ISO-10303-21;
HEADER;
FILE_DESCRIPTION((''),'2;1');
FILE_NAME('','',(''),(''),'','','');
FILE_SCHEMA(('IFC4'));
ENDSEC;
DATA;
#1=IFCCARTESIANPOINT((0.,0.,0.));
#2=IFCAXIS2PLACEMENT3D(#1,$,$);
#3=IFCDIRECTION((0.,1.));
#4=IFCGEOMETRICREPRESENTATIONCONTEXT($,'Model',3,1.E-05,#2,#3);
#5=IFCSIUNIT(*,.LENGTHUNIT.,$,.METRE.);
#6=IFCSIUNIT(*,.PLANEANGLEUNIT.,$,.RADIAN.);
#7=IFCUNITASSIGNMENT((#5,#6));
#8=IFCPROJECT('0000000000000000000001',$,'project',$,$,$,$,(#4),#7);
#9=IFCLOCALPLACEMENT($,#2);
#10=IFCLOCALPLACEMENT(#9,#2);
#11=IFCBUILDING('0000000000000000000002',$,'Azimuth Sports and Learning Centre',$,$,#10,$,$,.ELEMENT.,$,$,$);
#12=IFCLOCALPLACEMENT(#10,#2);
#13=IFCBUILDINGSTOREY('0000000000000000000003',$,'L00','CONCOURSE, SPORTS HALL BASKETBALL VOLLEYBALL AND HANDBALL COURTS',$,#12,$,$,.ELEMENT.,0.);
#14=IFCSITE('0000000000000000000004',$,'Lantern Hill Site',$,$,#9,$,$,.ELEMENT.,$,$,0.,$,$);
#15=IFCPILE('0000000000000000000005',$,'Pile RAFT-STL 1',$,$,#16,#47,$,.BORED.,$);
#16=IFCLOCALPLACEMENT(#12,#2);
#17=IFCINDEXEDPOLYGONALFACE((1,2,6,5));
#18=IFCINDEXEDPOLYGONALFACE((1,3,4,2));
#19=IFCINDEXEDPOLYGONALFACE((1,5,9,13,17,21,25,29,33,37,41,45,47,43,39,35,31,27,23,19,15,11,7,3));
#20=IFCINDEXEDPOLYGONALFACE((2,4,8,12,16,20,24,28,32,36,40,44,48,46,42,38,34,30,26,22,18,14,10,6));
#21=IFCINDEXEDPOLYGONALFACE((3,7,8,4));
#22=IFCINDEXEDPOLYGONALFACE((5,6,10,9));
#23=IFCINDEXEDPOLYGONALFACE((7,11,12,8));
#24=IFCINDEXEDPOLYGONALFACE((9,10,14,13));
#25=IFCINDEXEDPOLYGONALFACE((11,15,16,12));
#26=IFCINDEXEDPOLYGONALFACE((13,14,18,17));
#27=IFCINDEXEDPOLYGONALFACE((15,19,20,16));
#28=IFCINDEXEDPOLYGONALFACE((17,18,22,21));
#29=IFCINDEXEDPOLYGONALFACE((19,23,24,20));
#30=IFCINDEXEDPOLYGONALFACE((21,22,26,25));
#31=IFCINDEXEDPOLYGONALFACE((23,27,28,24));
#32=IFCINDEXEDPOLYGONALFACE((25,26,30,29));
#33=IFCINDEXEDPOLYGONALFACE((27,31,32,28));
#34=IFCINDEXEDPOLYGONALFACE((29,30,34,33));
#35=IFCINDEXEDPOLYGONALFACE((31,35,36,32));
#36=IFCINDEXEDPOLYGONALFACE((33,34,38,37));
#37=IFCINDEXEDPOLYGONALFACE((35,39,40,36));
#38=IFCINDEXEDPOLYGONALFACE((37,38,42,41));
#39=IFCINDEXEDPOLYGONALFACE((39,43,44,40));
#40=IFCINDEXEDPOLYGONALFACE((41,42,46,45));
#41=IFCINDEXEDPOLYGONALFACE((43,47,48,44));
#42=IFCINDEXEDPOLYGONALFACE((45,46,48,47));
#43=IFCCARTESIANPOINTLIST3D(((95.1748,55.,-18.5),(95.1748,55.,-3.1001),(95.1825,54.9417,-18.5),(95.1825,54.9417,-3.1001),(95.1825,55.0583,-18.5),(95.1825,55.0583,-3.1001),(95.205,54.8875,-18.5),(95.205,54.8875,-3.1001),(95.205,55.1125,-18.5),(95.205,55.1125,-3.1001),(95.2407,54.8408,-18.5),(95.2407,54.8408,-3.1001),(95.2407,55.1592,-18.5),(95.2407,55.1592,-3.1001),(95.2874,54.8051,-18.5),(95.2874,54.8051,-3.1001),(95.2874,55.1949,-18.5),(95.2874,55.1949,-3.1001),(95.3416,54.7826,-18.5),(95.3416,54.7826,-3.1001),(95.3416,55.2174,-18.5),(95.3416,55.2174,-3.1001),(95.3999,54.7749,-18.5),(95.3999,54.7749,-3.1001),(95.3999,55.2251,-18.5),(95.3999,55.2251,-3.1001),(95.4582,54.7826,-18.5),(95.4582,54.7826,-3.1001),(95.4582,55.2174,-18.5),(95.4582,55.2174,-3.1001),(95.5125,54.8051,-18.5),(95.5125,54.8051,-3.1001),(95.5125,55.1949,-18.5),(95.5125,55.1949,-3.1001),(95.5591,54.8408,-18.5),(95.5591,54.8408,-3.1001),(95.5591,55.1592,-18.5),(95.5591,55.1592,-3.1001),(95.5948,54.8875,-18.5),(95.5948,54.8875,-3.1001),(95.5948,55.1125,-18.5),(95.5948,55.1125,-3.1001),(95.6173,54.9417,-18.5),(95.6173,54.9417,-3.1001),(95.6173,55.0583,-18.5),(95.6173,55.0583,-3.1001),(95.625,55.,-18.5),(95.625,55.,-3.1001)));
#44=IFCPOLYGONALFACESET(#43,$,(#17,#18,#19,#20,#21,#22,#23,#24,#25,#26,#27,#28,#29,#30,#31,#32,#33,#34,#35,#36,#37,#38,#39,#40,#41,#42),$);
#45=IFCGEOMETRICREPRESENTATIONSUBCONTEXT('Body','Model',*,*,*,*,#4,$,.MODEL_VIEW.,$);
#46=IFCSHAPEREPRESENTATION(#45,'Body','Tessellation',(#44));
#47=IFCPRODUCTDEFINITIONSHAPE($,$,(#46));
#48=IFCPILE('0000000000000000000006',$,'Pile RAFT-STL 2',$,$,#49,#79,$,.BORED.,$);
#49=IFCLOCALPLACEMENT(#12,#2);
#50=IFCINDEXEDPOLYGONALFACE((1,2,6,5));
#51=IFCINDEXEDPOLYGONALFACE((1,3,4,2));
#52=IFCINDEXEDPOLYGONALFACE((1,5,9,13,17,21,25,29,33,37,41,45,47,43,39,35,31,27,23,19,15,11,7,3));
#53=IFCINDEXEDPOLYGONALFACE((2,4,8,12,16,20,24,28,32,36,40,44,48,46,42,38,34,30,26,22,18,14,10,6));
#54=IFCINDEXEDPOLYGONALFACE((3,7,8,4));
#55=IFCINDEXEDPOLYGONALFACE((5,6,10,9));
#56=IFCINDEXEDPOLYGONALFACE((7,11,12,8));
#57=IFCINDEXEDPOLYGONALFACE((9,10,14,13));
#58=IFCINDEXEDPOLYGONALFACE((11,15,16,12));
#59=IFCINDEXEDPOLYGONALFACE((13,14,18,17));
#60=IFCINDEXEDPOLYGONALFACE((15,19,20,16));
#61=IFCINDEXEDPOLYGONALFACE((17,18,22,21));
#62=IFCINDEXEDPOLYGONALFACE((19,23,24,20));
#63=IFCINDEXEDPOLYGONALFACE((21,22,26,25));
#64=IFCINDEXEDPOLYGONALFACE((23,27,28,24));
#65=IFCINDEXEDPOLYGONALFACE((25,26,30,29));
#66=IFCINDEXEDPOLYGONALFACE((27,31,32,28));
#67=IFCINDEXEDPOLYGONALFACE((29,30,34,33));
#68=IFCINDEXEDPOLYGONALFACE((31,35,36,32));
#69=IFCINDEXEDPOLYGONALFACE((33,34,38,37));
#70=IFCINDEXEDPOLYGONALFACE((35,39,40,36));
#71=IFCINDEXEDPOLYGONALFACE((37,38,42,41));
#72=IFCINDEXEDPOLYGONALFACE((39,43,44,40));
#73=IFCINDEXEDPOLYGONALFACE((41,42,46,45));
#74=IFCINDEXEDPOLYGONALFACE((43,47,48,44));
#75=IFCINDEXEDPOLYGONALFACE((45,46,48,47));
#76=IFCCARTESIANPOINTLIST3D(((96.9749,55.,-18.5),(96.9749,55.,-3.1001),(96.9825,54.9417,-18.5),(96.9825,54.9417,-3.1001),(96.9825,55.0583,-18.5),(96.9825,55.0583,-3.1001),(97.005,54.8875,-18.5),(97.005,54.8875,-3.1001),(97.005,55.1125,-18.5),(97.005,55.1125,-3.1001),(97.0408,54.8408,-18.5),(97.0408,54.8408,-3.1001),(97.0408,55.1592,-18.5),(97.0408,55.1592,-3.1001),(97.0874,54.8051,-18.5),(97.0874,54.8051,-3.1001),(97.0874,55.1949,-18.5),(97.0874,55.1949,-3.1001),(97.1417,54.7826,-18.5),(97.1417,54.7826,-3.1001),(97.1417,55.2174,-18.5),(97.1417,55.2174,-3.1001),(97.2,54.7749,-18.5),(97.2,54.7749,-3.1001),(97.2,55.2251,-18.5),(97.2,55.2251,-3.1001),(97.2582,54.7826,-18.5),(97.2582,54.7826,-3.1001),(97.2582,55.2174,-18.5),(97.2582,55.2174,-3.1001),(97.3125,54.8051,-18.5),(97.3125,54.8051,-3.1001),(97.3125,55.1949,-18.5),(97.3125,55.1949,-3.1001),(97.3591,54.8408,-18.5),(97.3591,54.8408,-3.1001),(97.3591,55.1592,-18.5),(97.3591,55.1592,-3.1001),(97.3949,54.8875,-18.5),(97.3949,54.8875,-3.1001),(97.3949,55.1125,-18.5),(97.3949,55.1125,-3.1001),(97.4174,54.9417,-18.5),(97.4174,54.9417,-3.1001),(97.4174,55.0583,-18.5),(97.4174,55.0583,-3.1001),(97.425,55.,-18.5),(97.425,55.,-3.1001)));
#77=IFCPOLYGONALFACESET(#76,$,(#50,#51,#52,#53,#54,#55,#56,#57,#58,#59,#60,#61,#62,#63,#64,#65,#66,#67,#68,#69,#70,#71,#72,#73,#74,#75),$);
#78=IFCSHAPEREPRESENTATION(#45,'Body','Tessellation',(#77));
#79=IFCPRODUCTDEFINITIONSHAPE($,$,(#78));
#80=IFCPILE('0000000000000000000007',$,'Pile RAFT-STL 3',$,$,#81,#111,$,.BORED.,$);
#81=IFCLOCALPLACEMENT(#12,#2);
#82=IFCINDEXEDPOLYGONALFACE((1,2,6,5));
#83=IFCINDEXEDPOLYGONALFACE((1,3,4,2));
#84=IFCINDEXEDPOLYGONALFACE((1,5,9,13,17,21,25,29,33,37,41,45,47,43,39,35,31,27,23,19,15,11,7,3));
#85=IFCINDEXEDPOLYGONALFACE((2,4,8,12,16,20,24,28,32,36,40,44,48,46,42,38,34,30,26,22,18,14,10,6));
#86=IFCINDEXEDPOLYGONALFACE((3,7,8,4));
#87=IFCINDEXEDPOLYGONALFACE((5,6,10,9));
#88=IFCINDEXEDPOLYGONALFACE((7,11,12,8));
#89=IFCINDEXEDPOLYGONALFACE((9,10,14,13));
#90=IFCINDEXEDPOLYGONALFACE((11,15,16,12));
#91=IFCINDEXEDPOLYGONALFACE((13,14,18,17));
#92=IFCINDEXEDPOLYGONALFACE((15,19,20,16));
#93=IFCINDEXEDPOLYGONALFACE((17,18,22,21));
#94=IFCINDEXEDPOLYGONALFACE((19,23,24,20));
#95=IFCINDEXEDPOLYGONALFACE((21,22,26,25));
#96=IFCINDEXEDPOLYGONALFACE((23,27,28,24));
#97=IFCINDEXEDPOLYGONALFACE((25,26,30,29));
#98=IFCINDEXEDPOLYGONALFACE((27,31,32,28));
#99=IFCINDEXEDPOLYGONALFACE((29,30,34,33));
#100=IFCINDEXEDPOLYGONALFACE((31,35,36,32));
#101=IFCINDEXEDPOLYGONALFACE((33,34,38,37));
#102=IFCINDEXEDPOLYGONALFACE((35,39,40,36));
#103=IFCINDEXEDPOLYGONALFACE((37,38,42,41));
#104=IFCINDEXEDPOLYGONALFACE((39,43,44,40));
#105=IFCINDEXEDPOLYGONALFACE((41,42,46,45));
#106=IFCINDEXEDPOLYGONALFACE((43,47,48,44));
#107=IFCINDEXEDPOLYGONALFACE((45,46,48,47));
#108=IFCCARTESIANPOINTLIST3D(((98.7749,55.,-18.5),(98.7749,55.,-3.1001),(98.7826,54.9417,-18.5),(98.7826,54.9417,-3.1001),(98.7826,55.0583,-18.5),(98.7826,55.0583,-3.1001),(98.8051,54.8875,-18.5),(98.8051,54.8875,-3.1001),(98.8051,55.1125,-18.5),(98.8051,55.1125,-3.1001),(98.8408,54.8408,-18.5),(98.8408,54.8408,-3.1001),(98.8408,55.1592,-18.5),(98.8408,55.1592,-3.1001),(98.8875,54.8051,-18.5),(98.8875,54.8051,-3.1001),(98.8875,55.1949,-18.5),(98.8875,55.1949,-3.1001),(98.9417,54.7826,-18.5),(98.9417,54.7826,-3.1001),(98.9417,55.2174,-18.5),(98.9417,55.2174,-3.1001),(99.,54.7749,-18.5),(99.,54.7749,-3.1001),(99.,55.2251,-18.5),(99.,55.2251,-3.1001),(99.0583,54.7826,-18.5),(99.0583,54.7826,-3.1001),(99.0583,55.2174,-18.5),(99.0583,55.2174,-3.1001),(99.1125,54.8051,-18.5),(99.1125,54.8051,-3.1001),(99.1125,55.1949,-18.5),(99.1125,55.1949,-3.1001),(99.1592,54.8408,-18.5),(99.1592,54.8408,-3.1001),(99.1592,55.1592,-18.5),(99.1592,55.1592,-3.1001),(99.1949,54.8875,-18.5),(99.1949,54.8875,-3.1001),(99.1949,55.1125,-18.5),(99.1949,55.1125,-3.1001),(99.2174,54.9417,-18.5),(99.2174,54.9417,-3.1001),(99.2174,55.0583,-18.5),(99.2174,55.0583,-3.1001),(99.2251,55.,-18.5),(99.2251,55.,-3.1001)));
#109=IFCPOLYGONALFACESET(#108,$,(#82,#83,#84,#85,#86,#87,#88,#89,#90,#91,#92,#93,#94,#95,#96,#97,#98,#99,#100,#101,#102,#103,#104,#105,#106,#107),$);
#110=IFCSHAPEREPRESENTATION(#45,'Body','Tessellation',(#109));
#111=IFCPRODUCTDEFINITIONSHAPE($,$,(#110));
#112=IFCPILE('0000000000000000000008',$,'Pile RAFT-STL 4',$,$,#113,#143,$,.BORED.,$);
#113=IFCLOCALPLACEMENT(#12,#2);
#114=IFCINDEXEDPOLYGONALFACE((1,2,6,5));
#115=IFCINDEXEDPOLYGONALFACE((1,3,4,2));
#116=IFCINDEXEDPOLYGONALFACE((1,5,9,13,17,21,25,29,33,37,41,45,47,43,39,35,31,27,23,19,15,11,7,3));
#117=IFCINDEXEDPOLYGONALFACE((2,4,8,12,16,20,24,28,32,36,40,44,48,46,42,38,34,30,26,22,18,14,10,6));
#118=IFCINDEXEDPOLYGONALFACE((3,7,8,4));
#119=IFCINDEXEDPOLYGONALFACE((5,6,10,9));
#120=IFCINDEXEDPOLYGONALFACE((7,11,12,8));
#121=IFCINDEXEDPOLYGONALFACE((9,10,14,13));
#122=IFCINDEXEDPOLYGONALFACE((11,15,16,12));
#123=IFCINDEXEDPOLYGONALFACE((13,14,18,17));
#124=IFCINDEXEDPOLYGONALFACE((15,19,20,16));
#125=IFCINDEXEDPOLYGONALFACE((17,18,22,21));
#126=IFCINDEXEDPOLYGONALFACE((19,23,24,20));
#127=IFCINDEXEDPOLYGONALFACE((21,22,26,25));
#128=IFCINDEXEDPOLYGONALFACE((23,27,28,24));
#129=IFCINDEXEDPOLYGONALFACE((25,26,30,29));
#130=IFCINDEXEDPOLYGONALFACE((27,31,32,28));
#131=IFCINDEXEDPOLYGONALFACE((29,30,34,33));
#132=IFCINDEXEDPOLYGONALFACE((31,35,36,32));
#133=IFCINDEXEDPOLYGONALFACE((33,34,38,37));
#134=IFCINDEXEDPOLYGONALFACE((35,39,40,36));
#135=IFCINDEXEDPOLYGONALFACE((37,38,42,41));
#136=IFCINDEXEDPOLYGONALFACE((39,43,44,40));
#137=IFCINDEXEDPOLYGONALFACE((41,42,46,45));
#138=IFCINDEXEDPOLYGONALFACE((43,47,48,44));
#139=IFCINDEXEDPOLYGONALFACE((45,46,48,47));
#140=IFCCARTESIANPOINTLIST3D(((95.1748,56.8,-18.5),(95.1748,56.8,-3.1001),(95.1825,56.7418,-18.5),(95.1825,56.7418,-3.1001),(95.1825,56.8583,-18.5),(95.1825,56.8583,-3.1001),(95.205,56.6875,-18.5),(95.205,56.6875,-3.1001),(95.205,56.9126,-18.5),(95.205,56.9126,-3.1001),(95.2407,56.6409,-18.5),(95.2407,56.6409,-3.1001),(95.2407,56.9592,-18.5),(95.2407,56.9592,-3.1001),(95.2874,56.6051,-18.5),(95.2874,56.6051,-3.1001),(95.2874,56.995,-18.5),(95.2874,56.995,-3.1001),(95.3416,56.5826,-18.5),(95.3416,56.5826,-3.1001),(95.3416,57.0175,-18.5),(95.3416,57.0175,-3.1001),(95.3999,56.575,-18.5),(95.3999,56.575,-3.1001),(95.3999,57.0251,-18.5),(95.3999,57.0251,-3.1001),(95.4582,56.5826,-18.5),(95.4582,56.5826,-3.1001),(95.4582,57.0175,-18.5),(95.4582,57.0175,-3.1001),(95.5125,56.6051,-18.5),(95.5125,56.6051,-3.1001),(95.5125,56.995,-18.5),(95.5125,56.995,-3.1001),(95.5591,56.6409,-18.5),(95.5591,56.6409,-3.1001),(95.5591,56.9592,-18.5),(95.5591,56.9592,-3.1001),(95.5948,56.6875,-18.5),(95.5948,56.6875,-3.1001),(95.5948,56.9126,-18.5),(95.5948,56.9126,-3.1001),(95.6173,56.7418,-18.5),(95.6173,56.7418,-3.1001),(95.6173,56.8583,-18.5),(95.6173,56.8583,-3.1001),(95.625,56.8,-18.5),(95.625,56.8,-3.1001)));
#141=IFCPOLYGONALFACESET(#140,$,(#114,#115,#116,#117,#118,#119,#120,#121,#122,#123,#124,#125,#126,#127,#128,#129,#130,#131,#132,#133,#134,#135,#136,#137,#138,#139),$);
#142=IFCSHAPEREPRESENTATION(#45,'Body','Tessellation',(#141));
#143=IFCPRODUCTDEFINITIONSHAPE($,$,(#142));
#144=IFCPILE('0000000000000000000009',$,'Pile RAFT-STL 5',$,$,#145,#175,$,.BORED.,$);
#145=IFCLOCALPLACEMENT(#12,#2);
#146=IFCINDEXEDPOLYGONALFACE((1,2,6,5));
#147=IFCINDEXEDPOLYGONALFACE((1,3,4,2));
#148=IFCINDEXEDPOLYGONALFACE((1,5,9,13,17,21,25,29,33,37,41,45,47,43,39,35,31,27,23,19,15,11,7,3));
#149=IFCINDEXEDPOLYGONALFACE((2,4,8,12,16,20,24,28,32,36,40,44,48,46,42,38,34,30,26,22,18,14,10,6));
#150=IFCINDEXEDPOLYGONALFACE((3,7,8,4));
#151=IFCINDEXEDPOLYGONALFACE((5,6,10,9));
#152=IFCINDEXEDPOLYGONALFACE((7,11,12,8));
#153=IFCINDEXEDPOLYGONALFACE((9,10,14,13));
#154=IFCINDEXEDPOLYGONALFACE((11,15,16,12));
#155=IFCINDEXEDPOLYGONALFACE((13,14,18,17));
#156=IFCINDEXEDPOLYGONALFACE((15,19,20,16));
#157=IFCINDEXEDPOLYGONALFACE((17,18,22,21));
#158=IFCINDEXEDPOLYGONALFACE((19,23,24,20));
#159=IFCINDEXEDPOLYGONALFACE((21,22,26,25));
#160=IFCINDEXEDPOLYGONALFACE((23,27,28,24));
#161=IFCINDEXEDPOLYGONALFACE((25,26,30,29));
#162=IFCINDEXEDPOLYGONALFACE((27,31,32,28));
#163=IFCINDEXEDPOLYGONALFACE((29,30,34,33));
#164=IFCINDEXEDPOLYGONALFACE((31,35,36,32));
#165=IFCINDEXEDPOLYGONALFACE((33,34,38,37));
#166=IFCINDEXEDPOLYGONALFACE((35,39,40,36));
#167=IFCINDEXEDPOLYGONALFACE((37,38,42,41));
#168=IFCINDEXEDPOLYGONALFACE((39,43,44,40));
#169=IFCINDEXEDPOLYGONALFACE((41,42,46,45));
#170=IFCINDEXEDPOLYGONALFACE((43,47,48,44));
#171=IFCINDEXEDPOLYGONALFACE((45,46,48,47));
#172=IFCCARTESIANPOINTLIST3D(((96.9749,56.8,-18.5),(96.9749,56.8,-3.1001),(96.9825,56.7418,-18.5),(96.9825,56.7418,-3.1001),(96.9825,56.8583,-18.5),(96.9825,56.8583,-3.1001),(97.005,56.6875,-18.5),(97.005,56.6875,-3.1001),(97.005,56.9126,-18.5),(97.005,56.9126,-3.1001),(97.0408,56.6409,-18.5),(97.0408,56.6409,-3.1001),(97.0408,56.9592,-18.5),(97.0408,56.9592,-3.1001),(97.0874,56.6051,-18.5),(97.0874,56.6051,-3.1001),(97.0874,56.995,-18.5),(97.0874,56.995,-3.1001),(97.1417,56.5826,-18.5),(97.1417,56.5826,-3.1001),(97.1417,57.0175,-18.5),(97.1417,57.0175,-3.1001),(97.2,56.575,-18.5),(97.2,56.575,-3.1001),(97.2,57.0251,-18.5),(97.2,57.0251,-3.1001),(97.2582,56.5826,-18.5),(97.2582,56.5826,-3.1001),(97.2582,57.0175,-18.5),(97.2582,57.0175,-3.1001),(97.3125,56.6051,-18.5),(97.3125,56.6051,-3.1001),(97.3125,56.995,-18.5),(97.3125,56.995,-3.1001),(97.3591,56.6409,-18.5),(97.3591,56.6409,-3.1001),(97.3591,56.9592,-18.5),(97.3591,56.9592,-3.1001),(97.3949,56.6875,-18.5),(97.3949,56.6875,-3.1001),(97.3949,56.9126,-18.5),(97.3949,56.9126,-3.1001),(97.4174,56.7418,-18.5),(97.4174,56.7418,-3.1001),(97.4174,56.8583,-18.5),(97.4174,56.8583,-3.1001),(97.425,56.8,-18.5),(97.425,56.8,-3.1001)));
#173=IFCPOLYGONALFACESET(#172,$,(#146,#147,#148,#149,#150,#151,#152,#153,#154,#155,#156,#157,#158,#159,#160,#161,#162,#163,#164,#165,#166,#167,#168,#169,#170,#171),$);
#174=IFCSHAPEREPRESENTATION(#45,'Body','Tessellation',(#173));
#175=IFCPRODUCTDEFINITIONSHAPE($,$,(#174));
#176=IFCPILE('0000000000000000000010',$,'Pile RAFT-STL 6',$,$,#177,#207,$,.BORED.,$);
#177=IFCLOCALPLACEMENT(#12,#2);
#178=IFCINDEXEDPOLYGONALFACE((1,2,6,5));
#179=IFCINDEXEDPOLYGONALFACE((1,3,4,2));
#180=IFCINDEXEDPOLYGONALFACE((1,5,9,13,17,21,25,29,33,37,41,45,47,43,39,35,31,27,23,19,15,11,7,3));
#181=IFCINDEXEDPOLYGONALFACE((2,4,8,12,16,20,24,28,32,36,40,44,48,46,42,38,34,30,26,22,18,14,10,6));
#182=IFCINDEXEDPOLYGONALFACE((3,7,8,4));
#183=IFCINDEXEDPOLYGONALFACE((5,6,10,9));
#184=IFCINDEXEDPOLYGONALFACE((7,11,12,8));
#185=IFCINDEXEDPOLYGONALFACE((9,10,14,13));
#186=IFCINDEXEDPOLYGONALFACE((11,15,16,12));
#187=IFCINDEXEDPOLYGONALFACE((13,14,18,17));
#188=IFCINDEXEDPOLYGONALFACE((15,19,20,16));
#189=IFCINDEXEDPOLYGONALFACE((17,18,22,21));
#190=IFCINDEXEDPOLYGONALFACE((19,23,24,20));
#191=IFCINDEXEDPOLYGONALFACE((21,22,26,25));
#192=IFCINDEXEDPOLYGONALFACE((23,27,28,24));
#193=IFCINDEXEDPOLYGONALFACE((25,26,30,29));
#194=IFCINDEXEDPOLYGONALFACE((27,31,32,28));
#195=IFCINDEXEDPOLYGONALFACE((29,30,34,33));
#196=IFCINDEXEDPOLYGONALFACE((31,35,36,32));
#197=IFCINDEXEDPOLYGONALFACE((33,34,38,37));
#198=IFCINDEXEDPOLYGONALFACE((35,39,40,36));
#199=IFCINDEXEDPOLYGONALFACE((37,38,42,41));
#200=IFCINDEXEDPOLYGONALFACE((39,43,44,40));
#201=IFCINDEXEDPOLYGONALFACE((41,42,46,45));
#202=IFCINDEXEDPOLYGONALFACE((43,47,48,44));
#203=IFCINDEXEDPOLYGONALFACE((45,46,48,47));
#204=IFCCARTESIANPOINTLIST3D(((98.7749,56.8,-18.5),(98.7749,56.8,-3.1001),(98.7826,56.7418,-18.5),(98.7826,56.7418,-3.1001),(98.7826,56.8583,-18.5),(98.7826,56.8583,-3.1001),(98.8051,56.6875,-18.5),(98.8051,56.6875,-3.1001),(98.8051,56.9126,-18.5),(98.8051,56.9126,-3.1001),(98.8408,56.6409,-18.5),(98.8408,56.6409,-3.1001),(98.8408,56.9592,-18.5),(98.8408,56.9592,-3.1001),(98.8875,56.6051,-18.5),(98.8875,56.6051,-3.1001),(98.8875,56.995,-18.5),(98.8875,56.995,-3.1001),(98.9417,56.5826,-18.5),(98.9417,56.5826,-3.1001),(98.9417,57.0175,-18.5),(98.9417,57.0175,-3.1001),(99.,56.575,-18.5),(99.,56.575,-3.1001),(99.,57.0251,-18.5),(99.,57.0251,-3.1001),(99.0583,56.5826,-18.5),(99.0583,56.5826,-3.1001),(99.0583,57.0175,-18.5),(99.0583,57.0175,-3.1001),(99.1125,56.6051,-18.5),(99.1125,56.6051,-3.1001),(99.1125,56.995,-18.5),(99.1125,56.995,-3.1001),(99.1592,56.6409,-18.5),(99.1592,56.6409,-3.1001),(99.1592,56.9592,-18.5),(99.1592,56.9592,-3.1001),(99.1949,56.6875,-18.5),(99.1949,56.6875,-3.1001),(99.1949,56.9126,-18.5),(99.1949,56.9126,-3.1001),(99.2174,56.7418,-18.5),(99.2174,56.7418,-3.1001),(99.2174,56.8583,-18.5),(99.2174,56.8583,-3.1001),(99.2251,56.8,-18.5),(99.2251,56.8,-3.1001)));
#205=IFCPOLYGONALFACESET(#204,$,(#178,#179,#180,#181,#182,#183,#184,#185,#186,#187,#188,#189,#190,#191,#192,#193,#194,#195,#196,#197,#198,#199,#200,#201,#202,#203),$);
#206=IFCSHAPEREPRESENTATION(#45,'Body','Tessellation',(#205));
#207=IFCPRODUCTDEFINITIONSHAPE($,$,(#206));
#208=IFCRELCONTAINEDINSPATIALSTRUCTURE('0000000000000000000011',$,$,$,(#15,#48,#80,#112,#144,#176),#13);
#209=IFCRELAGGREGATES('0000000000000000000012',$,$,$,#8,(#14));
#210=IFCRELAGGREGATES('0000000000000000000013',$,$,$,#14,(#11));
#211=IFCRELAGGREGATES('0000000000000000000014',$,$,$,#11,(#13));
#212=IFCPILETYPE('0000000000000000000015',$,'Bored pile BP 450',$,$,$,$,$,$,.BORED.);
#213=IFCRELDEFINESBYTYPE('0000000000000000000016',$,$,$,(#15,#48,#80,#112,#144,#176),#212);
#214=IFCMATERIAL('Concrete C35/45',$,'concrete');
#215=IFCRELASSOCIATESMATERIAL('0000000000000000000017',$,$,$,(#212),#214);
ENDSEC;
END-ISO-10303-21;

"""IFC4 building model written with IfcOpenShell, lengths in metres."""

from ifc_helpers import new_model, si_unit, direction, frame, origin, origin_2d, place, context, subcontext, project, spatial, circle, extrude, material, material_profile, profile_set, type_object, element, save


model = new_model("IFC4")

# Units and contexts
model_context = context("Model", 3, precision=1e-05, world=origin(), true_north=direction((0.0, 1.0)))
body_context = subcontext(model_context, "Body", "Model", "MODEL_VIEW")
ifc_project = project(units=[si_unit("LENGTHUNIT", "METRE"), si_unit("PLANEANGLEUNIT", "RADIAN")], contexts=[model_context])

# Site, building, storey
site_placement = place(None, origin())
site = spatial("IfcSite", under=ifc_project, at=site_placement, Name="Lantern Hill Site", CompositionType="ELEMENT", RefElevation=0.0)
building_placement = place(site_placement, origin())
building = spatial("IfcBuilding", under=site, at=building_placement, Name="Azimuth Sports and Learning Centre", CompositionType="ELEMENT")
storey_placement = place(building_placement, origin())
storey = spatial("IfcBuildingStorey", under=building, at=storey_placement, Name="L00", Description="CONCOURSE, SPORTS HALL BASKETBALL VOLLEYBALL AND HANDBALL COURTS", CompositionType="ELEMENT", Elevation=0.0)

# Piles
ifc_material_1 = material(Name="Concrete C35/45", Category="concrete")
ifc_material_profile_1 = material_profile(ifc_material_1, circle(Radius=0.2251, at=origin_2d()), Name="BP 450")
ifc_profile_set_1 = profile_set([ifc_material_profile_1], Name="Concrete C35/45")
pile_type = type_object("IfcPileType", Name="Bored pile BP 450", PredefinedType="BORED", material=ifc_profile_set_1)
for number, where, z_axis, x_axis, name in (
    (1, (95.3999, 55.0, -3.1001), (0.0, 0.0, -1.0), (1.0, 0.0, 0.0), "Pile RAFT-STL 1"),
    (2, (97.2, 55.0, -3.1001), (0.0, 0.0, -1.0), (1.0, 0.0, 0.0), "Pile RAFT-STL 2"),
    (3, (99.0, 55.0, -3.1001), (0.0, 0.0, -1.0), (1.0, 0.0, 0.0), "Pile RAFT-STL 3"),
    (4, (95.3999, 56.8, -3.1001), (0.0, 0.0, -1.0), (1.0, 0.0, 0.0), "Pile RAFT-STL 4"),
    (5, (97.2, 56.8, -3.1001), (0.0, 0.0, -1.0), (1.0, 0.0, 0.0), "Pile RAFT-STL 5"),
    (6, (99.0, 56.8, -3.1001), (0.0, 0.0, -1.0), (1.0, 0.0, 0.0), "Pile RAFT-STL 6"),
):
    element("IfcPile", number, at=place(storey_placement, frame(where, z_axis=z_axis, x_axis=x_axis)), inside=storey, type_object=pile_type, Name=name, PredefinedType="BORED", context=body_context, shape_type="SweptSolid", body=[
        extrude(circle(Radius=0.2251, at=origin_2d()), origin(), (0.0, 0.0, 1.0), 15.3999),
    ])

save(model, "model.ifc")
